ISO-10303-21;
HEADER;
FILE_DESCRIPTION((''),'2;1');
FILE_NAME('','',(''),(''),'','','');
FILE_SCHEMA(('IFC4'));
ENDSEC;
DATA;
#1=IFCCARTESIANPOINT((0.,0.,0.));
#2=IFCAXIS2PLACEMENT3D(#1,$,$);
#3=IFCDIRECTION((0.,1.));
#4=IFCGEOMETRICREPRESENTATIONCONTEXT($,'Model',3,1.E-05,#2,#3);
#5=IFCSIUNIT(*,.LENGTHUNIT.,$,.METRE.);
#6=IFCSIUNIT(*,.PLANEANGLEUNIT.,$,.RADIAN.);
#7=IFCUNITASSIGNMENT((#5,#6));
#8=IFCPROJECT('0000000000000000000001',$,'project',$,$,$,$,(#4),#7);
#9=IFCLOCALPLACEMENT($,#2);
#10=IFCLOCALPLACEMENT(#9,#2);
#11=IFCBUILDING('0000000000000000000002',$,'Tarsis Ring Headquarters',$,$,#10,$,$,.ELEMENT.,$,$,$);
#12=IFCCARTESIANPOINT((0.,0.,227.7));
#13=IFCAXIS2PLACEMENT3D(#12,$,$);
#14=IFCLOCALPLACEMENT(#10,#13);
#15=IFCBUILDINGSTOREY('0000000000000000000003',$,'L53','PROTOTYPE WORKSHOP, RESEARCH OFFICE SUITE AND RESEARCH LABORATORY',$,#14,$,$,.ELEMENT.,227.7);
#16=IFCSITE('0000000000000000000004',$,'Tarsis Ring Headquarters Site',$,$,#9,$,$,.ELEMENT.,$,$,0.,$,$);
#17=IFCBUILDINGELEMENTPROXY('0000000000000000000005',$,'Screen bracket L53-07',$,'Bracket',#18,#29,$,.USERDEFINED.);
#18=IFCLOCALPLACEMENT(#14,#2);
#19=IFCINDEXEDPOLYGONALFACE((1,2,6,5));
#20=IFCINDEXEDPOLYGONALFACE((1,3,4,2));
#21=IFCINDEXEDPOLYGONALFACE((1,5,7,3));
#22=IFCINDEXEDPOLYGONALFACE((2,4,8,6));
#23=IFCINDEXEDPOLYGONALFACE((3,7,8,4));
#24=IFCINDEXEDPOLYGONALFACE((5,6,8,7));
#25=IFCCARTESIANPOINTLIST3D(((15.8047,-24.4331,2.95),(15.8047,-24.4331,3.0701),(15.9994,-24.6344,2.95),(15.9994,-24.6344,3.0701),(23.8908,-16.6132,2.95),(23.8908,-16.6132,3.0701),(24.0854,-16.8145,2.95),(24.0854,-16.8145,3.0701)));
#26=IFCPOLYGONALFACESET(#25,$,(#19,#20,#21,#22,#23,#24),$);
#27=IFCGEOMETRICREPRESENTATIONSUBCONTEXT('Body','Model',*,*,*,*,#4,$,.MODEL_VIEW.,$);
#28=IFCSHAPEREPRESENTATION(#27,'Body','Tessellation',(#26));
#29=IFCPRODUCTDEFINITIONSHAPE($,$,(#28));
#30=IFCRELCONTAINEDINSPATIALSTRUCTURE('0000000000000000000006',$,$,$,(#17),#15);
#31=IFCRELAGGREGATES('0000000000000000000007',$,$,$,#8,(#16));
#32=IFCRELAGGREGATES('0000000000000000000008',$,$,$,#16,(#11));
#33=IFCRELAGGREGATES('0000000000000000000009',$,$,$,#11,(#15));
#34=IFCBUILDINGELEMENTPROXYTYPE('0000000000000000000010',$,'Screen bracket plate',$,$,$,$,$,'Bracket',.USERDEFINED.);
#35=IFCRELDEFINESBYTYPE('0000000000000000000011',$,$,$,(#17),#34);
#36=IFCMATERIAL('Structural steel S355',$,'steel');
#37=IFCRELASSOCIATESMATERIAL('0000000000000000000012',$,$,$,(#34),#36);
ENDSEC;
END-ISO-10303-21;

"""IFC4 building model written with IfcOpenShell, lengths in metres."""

from ifc_helpers import new_model, si_unit, direction, frame, origin, origin_2d, place, context, subcontext, project, spatial, rectangle, extrude, material, type_object, element, save


model = new_model("IFC4")

# Units and contexts
model_context = context("Model", 3, precision=1e-05, world=origin(), true_north=direction((0.0, 1.0)))
body_context = subcontext(model_context, "Body", "Model", "MODEL_VIEW")
ifc_project = project(units=[si_unit("LENGTHUNIT", "METRE"), si_unit("PLANEANGLEUNIT", "RADIAN")], contexts=[model_context])

# Site, building, storey
site_placement = place(None, origin())
site = spatial("IfcSite", under=ifc_project, at=site_placement, Name="Tarsis Ring Headquarters Site", CompositionType="ELEMENT", RefElevation=0.0)
building_placement = place(site_placement, origin())
building = spatial("IfcBuilding", under=site, at=building_placement, Name="Tarsis Ring Headquarters", CompositionType="ELEMENT")
storey_placement = place(building_placement, frame((0.0, 0.0, 227.7)))
storey = spatial("IfcBuildingStorey", under=building, at=storey_placement, Name="L53", Description="PROTOTYPE WORKSHOP, RESEARCH OFFICE SUITE AND RESEARCH LABORATORY", CompositionType="ELEMENT", Elevation=227.7)

# Shared definitions
ifc_material_1 = material(Name="Structural steel S355", Category="steel")

# Building element proxy
building_element_proxy_type = type_object("IfcBuildingElementProxyType", Name="Screen bracket plate", ElementType="Bracket", PredefinedType="USERDEFINED", material=ifc_material_1)
proxy_placement = place(storey_placement, frame((19.9451, -20.6238, 2.95), z_axis=(0.0, 0.0, 1.0), x_axis=(0.718839, 0.695176, 0.0)))
element("IfcBuildingElementProxy", 1, at=proxy_placement, inside=storey, type_object=building_element_proxy_type, Name="Screen bracket L53-07", ObjectType="Bracket", PredefinedType="USERDEFINED", context=body_context, shape_type="SweptSolid", body=[
    extrude(rectangle(XDim=11.2488, YDim=0.28, at=origin_2d()), origin(), (0.0, 0.0, 1.0), 0.1201),
])

save(model, "model.ifc")
